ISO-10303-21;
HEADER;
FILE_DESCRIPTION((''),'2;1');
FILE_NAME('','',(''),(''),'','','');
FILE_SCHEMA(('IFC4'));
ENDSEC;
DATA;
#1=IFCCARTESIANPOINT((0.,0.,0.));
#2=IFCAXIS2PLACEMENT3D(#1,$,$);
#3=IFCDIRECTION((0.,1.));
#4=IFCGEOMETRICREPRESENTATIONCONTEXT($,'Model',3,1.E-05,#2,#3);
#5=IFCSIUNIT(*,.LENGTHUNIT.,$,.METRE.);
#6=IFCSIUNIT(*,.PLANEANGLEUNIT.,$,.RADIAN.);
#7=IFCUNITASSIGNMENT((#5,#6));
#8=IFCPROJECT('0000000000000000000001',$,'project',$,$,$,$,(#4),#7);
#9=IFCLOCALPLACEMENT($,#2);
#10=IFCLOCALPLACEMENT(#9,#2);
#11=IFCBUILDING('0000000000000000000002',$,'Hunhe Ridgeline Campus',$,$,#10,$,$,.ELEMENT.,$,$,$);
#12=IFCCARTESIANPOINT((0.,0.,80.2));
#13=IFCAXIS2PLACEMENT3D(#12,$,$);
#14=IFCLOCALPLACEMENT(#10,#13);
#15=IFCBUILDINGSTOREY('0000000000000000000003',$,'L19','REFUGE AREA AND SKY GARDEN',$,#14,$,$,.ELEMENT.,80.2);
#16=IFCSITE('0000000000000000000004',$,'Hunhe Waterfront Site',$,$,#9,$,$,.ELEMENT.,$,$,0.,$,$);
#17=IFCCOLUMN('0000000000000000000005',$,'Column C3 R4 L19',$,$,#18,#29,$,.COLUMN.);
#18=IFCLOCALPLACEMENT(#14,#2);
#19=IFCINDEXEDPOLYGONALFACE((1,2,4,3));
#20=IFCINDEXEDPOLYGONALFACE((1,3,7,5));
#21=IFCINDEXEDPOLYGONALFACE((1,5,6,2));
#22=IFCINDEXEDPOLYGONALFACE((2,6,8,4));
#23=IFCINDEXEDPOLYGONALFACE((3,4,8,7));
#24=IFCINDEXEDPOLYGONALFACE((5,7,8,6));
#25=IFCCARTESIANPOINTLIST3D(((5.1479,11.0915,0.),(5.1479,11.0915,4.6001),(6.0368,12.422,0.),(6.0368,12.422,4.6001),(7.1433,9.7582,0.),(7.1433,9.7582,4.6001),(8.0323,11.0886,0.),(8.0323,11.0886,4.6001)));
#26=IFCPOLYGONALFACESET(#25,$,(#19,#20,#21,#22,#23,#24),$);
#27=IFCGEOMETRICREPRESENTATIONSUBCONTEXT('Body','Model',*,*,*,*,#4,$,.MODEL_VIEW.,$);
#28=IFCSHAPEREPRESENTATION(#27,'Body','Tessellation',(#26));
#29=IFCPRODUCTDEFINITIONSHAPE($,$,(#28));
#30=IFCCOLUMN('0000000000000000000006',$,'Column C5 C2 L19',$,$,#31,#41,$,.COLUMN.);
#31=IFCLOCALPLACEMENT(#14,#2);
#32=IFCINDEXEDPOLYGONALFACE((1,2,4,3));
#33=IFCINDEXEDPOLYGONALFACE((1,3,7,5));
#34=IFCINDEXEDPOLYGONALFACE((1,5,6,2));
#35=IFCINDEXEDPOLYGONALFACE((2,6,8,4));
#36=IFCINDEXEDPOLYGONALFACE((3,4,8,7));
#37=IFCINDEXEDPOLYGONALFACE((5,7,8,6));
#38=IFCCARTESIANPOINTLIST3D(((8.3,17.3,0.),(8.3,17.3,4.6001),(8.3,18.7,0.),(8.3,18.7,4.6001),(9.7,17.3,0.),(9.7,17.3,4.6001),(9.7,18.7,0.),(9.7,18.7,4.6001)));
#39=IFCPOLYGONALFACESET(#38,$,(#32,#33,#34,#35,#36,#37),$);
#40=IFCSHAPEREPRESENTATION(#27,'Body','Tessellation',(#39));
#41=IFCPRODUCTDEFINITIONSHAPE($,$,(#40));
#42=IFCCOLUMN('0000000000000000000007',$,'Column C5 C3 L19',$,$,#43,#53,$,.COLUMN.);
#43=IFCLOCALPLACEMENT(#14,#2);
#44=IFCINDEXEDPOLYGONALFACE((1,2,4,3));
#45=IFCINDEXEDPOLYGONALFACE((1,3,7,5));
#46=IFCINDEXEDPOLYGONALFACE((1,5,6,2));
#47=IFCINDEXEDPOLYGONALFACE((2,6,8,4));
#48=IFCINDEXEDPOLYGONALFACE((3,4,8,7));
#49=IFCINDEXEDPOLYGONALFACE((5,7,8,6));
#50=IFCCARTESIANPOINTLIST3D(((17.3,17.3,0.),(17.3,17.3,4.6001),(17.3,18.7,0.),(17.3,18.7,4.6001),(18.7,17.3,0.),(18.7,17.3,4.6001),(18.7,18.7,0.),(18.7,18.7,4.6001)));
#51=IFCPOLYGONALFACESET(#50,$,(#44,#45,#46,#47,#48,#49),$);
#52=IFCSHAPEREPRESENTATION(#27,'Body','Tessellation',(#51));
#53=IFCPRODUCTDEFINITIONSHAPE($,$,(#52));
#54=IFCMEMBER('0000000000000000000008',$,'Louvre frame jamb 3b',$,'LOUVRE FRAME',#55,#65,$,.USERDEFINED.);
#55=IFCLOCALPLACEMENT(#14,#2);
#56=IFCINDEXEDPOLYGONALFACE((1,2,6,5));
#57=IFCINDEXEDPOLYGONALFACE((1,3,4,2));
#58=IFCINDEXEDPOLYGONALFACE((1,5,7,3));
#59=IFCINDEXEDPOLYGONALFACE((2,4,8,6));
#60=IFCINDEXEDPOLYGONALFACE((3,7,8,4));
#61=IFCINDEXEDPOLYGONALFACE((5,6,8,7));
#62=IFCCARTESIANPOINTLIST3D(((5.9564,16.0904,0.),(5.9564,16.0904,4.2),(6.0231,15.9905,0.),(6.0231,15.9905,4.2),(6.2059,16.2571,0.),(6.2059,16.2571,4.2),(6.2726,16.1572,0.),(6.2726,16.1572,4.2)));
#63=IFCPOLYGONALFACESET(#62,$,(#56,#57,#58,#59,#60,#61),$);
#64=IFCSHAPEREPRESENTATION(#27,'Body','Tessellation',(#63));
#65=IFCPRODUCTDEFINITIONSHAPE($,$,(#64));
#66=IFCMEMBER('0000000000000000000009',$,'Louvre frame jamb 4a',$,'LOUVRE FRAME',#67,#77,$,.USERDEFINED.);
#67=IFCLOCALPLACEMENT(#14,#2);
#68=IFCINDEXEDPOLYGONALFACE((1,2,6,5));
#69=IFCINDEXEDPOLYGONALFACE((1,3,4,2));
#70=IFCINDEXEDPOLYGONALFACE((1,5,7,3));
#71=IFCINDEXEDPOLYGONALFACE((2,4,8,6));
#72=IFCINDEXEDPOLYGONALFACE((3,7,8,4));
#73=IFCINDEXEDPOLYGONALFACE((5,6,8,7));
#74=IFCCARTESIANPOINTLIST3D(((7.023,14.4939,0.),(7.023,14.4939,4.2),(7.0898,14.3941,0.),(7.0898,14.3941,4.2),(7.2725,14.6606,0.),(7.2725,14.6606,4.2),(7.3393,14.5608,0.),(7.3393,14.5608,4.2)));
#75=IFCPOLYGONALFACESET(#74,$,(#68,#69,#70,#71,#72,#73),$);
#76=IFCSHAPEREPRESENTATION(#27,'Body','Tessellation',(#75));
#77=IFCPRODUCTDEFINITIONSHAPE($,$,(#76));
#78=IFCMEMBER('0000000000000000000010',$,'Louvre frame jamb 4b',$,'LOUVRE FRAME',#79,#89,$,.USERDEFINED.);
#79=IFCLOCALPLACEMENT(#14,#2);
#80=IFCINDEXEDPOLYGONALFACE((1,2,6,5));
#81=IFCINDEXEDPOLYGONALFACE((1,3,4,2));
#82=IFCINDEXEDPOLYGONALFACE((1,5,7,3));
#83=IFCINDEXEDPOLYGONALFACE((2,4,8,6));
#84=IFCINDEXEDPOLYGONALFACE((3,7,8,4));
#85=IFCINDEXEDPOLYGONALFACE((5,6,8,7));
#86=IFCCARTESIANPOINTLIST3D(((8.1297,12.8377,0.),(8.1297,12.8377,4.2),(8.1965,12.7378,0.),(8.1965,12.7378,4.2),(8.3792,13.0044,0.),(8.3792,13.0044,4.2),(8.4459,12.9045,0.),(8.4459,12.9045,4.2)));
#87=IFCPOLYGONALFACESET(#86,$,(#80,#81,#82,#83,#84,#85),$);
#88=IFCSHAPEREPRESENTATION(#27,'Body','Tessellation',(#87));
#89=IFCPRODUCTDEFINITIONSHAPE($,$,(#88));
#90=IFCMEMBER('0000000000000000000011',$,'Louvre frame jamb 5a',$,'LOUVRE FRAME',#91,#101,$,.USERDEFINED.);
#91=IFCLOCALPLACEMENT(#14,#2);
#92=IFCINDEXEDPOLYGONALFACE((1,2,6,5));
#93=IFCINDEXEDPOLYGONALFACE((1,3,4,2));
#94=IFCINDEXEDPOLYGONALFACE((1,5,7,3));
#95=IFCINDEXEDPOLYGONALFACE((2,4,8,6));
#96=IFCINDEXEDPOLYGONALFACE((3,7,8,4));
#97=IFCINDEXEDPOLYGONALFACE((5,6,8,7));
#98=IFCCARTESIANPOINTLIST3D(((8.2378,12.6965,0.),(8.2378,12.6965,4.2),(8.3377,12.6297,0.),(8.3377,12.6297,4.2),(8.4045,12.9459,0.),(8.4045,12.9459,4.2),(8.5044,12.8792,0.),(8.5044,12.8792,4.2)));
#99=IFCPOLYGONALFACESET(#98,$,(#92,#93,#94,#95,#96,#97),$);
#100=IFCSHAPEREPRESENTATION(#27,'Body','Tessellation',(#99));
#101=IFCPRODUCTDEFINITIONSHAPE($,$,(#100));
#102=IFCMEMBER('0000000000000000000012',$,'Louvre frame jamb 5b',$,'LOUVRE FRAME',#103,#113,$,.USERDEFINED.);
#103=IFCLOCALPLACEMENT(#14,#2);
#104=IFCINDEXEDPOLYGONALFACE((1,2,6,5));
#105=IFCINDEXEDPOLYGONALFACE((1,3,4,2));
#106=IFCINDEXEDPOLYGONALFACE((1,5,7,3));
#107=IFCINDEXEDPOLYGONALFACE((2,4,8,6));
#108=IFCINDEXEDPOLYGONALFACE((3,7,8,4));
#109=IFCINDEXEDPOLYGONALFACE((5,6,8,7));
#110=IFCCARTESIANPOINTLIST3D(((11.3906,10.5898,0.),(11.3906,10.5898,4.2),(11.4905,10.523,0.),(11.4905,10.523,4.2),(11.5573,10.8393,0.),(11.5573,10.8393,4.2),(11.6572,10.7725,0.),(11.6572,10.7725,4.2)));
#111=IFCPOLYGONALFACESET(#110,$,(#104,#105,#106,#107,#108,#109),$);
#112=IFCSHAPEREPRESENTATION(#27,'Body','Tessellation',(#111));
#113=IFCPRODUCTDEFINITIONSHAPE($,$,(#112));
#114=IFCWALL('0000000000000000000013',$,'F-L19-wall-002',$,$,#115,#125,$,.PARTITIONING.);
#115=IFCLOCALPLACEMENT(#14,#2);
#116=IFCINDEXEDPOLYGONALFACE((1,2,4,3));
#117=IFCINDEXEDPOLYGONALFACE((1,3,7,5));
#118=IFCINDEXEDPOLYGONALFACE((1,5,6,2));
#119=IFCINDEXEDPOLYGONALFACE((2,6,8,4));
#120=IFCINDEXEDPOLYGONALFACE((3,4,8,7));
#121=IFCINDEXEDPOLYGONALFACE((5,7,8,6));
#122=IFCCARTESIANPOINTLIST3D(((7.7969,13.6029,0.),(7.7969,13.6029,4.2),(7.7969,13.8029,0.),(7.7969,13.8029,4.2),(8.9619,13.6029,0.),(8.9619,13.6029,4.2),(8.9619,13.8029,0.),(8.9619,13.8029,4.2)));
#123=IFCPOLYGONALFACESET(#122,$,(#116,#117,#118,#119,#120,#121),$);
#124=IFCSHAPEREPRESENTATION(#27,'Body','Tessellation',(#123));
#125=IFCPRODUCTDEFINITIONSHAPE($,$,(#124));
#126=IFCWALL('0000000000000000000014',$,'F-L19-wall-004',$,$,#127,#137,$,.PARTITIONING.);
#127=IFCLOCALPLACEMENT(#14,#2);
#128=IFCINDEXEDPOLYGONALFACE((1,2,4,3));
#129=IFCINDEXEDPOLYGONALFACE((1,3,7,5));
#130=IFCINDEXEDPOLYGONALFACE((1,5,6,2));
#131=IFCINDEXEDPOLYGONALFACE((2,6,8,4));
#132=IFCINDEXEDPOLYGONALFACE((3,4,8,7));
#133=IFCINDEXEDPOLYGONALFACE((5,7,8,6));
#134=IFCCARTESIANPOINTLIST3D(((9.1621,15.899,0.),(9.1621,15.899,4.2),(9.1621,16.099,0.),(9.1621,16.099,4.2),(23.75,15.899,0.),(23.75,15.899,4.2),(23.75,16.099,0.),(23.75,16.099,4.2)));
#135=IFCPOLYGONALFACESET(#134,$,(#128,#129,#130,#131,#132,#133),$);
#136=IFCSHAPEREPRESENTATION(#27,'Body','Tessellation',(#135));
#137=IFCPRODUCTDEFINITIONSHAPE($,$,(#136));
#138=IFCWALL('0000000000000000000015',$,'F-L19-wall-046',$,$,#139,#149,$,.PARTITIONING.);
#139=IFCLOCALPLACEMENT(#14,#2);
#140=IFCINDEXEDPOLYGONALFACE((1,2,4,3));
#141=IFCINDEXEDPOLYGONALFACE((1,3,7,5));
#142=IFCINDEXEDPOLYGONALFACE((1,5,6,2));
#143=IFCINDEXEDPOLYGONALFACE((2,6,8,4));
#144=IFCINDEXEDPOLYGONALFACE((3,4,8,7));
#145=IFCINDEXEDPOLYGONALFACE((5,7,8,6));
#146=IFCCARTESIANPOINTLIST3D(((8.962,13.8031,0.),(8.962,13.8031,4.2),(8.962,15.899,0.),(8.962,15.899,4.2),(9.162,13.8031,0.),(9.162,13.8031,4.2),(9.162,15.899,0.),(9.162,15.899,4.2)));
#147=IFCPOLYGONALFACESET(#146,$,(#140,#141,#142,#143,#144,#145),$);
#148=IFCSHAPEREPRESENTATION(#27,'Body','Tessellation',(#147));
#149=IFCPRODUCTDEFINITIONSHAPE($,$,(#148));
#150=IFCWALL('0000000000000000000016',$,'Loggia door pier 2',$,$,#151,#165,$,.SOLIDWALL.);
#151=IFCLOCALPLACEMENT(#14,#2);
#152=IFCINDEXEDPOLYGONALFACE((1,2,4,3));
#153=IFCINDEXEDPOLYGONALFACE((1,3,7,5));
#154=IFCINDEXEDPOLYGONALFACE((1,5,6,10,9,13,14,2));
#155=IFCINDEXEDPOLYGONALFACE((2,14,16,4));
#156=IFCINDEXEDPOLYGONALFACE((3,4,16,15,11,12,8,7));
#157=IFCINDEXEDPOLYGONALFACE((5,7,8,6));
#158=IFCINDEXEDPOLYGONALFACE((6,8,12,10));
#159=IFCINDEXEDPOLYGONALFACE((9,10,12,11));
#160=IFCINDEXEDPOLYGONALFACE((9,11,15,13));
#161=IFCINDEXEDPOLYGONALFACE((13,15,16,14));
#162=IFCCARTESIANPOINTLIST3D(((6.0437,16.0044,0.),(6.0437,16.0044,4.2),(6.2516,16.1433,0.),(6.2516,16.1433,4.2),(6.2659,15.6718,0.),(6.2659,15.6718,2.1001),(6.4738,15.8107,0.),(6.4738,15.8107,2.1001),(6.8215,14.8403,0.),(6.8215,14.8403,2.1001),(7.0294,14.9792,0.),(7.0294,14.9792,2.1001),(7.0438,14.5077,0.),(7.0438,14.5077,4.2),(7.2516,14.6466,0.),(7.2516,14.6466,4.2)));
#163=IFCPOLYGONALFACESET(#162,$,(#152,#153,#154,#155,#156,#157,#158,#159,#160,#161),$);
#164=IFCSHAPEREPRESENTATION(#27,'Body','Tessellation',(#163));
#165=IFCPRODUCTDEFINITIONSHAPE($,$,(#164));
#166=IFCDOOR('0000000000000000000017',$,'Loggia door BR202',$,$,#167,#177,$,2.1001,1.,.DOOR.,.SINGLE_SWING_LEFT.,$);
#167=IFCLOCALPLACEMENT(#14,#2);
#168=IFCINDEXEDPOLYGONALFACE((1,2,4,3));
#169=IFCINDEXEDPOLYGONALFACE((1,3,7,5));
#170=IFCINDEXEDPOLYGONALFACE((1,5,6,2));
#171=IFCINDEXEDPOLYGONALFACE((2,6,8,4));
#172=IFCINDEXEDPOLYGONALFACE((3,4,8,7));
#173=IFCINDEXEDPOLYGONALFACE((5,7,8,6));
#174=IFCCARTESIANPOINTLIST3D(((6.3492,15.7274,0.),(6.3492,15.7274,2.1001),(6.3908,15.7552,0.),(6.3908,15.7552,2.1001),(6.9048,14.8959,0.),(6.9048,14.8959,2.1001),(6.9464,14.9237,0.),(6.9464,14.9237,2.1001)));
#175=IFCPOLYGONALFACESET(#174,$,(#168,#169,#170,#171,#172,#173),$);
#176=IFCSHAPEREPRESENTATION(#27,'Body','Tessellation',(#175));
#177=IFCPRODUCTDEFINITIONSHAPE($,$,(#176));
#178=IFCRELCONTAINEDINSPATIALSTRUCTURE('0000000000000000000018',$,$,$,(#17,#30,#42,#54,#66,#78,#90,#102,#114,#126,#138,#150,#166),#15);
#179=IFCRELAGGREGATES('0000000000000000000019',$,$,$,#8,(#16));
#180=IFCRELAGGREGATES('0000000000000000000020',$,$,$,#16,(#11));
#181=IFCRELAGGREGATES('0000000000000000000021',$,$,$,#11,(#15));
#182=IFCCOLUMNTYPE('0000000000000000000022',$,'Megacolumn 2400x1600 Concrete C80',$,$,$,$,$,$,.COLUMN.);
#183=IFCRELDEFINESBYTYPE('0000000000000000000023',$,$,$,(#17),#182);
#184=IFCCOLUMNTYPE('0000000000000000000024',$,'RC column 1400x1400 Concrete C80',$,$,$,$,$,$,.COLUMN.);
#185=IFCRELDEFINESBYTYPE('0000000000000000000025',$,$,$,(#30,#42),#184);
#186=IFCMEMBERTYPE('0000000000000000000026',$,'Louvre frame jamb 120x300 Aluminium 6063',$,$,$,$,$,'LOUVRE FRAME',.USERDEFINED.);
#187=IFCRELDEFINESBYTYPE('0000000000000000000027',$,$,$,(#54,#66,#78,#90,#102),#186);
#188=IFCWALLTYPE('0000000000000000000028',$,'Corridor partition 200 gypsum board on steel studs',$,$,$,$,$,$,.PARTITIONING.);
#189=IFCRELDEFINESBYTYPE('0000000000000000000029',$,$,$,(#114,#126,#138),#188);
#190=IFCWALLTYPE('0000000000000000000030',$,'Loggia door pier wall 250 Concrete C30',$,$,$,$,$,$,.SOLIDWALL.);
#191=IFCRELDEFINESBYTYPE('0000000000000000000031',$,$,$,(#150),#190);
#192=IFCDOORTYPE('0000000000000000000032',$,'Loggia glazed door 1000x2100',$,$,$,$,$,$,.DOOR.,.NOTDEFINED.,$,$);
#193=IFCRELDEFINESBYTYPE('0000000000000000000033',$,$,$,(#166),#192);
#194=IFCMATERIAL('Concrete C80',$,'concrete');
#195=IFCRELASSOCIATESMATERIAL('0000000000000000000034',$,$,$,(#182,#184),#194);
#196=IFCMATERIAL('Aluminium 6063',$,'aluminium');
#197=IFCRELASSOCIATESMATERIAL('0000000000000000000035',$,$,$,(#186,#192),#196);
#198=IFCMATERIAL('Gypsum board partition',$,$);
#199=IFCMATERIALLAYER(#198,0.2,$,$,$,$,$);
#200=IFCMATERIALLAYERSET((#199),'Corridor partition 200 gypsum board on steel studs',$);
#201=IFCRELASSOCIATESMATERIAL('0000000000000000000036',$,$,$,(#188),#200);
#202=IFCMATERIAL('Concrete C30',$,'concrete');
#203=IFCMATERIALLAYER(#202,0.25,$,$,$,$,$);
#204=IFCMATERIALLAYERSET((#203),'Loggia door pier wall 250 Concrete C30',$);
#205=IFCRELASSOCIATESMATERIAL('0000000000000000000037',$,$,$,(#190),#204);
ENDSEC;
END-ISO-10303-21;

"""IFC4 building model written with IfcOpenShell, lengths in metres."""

from ifc_helpers import new_model, si_unit, direction, frame, frame_2d, origin, origin_2d, place, context, subcontext, project, spatial, rectangle, extrude, material, layer, layer_set, material_profile, profile_set, type_object, element, fill, save


model = new_model("IFC4")

# Units and contexts
model_context = context("Model", 3, precision=1e-05, world=origin(), true_north=direction((0.0, 1.0)))
body_context = subcontext(model_context, "Body", "Model", "MODEL_VIEW")
ifc_project = project(units=[si_unit("LENGTHUNIT", "METRE"), si_unit("PLANEANGLEUNIT", "RADIAN")], contexts=[model_context])

# Site, building, storey
site_placement = place(None, origin())
site = spatial("IfcSite", under=ifc_project, at=site_placement, Name="Hunhe Waterfront Site", CompositionType="ELEMENT", RefElevation=0.0)
building_placement = place(site_placement, origin())
building = spatial("IfcBuilding", under=site, at=building_placement, Name="Hunhe Ridgeline Campus", CompositionType="ELEMENT")
storey_placement = place(building_placement, frame((0.0, 0.0, 80.2)))
storey = spatial("IfcBuildingStorey", under=building, at=storey_placement, Name="L19", Description="REFUGE AREA AND SKY GARDEN", CompositionType="ELEMENT", Elevation=80.2)

# Columns
ifc_material_1 = material(Name="Concrete C80", Category="concrete")
ifc_material_profile_1 = material_profile(ifc_material_1, rectangle(XDim=2.3999, YDim=1.6001, at=origin_2d()))
ifc_profile_set_1 = profile_set([ifc_material_profile_1], Name="Concrete C80")
column_type_1 = type_object("IfcColumnType", Name="Megacolumn 2400x1600 Concrete C80", PredefinedType="COLUMN", material=ifc_profile_set_1)
column_placement = place(storey_placement, frame((6.5901, 11.0901, 0.0), z_axis=(0.0, 0.0, 1.0), x_axis=(-0.83147, 0.55557, 0.0)))
element("IfcColumn", 1, at=column_placement, inside=storey, type_object=column_type_1, Name="Column C3 R4 L19", PredefinedType="COLUMN", context=body_context, shape_type="SweptSolid", body=[
    extrude(rectangle(XDim=2.3999, YDim=1.6001, at=origin_2d()), origin(), (0.0, 0.0, 1.0), 4.6001),
])
ifc_material_profile_2 = material_profile(ifc_material_1, rectangle(XDim=1.3999, YDim=1.3999, at=origin_2d()))
ifc_profile_set_2 = profile_set([ifc_material_profile_2], Name="Concrete C80")
column_type_2 = type_object("IfcColumnType", Name="RC column 1400x1400 Concrete C80", PredefinedType="COLUMN", material=ifc_profile_set_2)
for number, where, z_axis, x_axis, name in (
    (2, (9.0, 18.0, 0.0), (0.0, 0.0, 1.0), (1.0, 0.0, 0.0), "Column C5 C2 L19"),
    (3, (18.0, 18.0, 0.0), (0.0, 0.0, 1.0), (1.0, 0.0, 0.0), "Column C5 C3 L19"),
):
    element("IfcColumn", number, at=place(storey_placement, frame(where, z_axis=z_axis, x_axis=x_axis)), inside=storey, type_object=column_type_2, Name=name, PredefinedType="COLUMN", context=body_context, shape_type="SweptSolid", body=[
        extrude(rectangle(XDim=1.3999, YDim=1.3999, at=origin_2d()), origin(), (0.0, 0.0, 1.0), 4.6001),
    ])

# Members
ifc_material_2 = material(Name="Aluminium 6063", Category="aluminium")
ifc_material_profile_3 = material_profile(ifc_material_2, rectangle(XDim=0.3, YDim=0.1201, at=origin_2d()))
ifc_profile_set_3 = profile_set([ifc_material_profile_3], Name="Aluminium 6063")
member_type = type_object("IfcMemberType", Name="Louvre frame jamb 120x300 Aluminium 6063", ElementType="LOUVRE FRAME", PredefinedType="USERDEFINED", material=ifc_profile_set_3)
for number, where, z_axis, x_axis, name in (
    (4, (6.1145, 16.1238, 0.0), (0.0, 0.0, 1.0), (0.83147, 0.55557, 0.0), "Louvre frame jamb 3b"),
    (5, (7.1812, 14.5273, 0.0), (0.0, 0.0, 1.0), (0.83147, 0.55557, 0.0), "Louvre frame jamb 4a"),
    (6, (8.2878, 12.8711, 0.0), (0.0, 0.0, 1.0), (0.83147, 0.55557, 0.0), "Louvre frame jamb 4b"),
    (7, (8.3711, 12.7878, 0.0), (0.0, 0.0, 1.0), (0.55557, 0.83147, 0.0), "Louvre frame jamb 5a"),
    (8, (11.5239, 10.6812, 0.0), (0.0, 0.0, 1.0), (0.55557, 0.83147, 0.0), "Louvre frame jamb 5b"),
):
    element("IfcMember", number, at=place(storey_placement, frame(where, z_axis=z_axis, x_axis=x_axis)), inside=storey, type_object=member_type, Name=name, ObjectType="LOUVRE FRAME", PredefinedType="USERDEFINED", context=body_context, shape_type="SweptSolid", body=[
        extrude(rectangle(XDim=0.3, YDim=0.1201, at=origin_2d()), origin(), (0.0, 0.0, 1.0), 4.2),
    ])

# Walls
ifc_material_3 = material(Name="Gypsum board partition")
ifc_layer_1 = layer(ifc_material_3, 0.2)
ifc_layer_set_1 = layer_set([ifc_layer_1], Name="Corridor partition 200 gypsum board on steel studs")
wall_type_1 = type_object("IfcWallType", Name="Corridor partition 200 gypsum board on steel studs", PredefinedType="PARTITIONING", material=ifc_layer_set_1)
wall_1_placement = place(storey_placement, frame((7.7969, 13.7029, 0.0), z_axis=(0.0, 0.0, 1.0), x_axis=(1.0, 0.0, 0.0)))
element("IfcWall", 9, at=wall_1_placement, inside=storey, type_object=wall_type_1, Name="F-L19-wall-002", PredefinedType="PARTITIONING", context=body_context, shape_type="SweptSolid", body=[
    extrude(rectangle(XDim=1.165, YDim=0.2, at=frame_2d((0.5825, 0.0))), origin(), (0.0, 0.0, 1.0), 4.2),
])
wall_2_placement = place(storey_placement, frame((9.1621, 15.999, 0.0), z_axis=(0.0, 0.0, 1.0), x_axis=(1.0, 0.0, 0.0)))
element("IfcWall", 10, at=wall_2_placement, inside=storey, type_object=wall_type_1, Name="F-L19-wall-004", PredefinedType="PARTITIONING", context=body_context, shape_type="SweptSolid", body=[
    extrude(rectangle(XDim=14.5879, YDim=0.2, at=frame_2d((7.2939, 0.0))), origin(), (0.0, 0.0, 1.0), 4.2),
])
wall_3_placement = place(storey_placement, frame((9.062, 15.8989, 0.0), z_axis=(0.0, 0.0, 1.0), x_axis=(0.0, -1.0, 0.0)))
element("IfcWall", 11, at=wall_3_placement, inside=storey, type_object=wall_type_1, Name="F-L19-wall-046", PredefinedType="PARTITIONING", context=body_context, shape_type="SweptSolid", body=[
    extrude(rectangle(XDim=2.0959, YDim=0.2, at=frame_2d((1.0479, 0.0))), origin(), (0.0, 0.0, 1.0), 4.2),
])

# Wall, opening, door
ifc_material_4 = material(Name="Concrete C30", Category="concrete")
ifc_layer_2 = layer(ifc_material_4, 0.25)
ifc_layer_set_2 = layer_set([ifc_layer_2], Name="Loggia door pier wall 250 Concrete C30")
wall_type_2 = type_object("IfcWallType", Name="Loggia door pier wall 250 Concrete C30", PredefinedType="SOLIDWALL", material=ifc_layer_set_2)
wall_4_placement = place(storey_placement, frame((6.1477, 16.0737, 0.0), z_axis=(0.0, 0.0, 1.0), x_axis=(0.555576, -0.831466, 0.0)))
wall_4 = element("IfcWall", 12, at=wall_4_placement, inside=storey, type_object=wall_type_2, Name="Loggia door pier 2", PredefinedType="SOLIDWALL", context=body_context, shape_type="SweptSolid", body=[
    extrude(rectangle(XDim=1.8, YDim=0.25, at=frame_2d((0.8999, 0.0))), origin(), (0.0, 0.0, 1.0), 4.2),
])
opening_1_placement = place(wall_4_placement, frame((0.3999, 0.0, 0.0)))
opening_1 = element("IfcOpeningElement", 13, at=opening_1_placement, cuts=wall_4, PredefinedType="OPENING", context=body_context, shape_type="SweptSolid", body=[
    extrude(rectangle(XDim=1.0, YDim=2.1001, at=frame_2d((0.5, 1.05))), frame((0.0, 0.125, 0.0), z_axis=(0.0, -1.0, 0.0), x_axis=(1.0, 0.0, 0.0)), (0.0, 0.0, 1.0), 0.25),
])
door_type = type_object("IfcDoorType", Name="Loggia glazed door 1000x2100", OperationType="NOTDEFINED", PredefinedType="DOOR", material=ifc_material_2)
door_1_placement = place(opening_1_placement, frame((1.0, 0.0, 0.0), z_axis=(0.0, 0.0, 1.0), x_axis=(-1.0, 0.0, 0.0)))
door_1 = element("IfcDoor", 14, at=door_1_placement, inside=storey, type_object=door_type, Name="Loggia door BR202", OperationType="SINGLE_SWING_LEFT", OverallHeight=2.1001, OverallWidth=1.0, PredefinedType="DOOR", context=body_context, shape_type="SweptSolid", body=[
    extrude(rectangle(XDim=1.0, YDim=2.1001, at=frame_2d((0.5, 1.05))), frame((0.0, 0.0249, 0.0), z_axis=(0.0, -1.0, 0.0), x_axis=(1.0, 0.0, 0.0)), (0.0, 0.0, 1.0), 0.05),
])
fill(opening_1, door_1)

save(model, "model.ifc")
